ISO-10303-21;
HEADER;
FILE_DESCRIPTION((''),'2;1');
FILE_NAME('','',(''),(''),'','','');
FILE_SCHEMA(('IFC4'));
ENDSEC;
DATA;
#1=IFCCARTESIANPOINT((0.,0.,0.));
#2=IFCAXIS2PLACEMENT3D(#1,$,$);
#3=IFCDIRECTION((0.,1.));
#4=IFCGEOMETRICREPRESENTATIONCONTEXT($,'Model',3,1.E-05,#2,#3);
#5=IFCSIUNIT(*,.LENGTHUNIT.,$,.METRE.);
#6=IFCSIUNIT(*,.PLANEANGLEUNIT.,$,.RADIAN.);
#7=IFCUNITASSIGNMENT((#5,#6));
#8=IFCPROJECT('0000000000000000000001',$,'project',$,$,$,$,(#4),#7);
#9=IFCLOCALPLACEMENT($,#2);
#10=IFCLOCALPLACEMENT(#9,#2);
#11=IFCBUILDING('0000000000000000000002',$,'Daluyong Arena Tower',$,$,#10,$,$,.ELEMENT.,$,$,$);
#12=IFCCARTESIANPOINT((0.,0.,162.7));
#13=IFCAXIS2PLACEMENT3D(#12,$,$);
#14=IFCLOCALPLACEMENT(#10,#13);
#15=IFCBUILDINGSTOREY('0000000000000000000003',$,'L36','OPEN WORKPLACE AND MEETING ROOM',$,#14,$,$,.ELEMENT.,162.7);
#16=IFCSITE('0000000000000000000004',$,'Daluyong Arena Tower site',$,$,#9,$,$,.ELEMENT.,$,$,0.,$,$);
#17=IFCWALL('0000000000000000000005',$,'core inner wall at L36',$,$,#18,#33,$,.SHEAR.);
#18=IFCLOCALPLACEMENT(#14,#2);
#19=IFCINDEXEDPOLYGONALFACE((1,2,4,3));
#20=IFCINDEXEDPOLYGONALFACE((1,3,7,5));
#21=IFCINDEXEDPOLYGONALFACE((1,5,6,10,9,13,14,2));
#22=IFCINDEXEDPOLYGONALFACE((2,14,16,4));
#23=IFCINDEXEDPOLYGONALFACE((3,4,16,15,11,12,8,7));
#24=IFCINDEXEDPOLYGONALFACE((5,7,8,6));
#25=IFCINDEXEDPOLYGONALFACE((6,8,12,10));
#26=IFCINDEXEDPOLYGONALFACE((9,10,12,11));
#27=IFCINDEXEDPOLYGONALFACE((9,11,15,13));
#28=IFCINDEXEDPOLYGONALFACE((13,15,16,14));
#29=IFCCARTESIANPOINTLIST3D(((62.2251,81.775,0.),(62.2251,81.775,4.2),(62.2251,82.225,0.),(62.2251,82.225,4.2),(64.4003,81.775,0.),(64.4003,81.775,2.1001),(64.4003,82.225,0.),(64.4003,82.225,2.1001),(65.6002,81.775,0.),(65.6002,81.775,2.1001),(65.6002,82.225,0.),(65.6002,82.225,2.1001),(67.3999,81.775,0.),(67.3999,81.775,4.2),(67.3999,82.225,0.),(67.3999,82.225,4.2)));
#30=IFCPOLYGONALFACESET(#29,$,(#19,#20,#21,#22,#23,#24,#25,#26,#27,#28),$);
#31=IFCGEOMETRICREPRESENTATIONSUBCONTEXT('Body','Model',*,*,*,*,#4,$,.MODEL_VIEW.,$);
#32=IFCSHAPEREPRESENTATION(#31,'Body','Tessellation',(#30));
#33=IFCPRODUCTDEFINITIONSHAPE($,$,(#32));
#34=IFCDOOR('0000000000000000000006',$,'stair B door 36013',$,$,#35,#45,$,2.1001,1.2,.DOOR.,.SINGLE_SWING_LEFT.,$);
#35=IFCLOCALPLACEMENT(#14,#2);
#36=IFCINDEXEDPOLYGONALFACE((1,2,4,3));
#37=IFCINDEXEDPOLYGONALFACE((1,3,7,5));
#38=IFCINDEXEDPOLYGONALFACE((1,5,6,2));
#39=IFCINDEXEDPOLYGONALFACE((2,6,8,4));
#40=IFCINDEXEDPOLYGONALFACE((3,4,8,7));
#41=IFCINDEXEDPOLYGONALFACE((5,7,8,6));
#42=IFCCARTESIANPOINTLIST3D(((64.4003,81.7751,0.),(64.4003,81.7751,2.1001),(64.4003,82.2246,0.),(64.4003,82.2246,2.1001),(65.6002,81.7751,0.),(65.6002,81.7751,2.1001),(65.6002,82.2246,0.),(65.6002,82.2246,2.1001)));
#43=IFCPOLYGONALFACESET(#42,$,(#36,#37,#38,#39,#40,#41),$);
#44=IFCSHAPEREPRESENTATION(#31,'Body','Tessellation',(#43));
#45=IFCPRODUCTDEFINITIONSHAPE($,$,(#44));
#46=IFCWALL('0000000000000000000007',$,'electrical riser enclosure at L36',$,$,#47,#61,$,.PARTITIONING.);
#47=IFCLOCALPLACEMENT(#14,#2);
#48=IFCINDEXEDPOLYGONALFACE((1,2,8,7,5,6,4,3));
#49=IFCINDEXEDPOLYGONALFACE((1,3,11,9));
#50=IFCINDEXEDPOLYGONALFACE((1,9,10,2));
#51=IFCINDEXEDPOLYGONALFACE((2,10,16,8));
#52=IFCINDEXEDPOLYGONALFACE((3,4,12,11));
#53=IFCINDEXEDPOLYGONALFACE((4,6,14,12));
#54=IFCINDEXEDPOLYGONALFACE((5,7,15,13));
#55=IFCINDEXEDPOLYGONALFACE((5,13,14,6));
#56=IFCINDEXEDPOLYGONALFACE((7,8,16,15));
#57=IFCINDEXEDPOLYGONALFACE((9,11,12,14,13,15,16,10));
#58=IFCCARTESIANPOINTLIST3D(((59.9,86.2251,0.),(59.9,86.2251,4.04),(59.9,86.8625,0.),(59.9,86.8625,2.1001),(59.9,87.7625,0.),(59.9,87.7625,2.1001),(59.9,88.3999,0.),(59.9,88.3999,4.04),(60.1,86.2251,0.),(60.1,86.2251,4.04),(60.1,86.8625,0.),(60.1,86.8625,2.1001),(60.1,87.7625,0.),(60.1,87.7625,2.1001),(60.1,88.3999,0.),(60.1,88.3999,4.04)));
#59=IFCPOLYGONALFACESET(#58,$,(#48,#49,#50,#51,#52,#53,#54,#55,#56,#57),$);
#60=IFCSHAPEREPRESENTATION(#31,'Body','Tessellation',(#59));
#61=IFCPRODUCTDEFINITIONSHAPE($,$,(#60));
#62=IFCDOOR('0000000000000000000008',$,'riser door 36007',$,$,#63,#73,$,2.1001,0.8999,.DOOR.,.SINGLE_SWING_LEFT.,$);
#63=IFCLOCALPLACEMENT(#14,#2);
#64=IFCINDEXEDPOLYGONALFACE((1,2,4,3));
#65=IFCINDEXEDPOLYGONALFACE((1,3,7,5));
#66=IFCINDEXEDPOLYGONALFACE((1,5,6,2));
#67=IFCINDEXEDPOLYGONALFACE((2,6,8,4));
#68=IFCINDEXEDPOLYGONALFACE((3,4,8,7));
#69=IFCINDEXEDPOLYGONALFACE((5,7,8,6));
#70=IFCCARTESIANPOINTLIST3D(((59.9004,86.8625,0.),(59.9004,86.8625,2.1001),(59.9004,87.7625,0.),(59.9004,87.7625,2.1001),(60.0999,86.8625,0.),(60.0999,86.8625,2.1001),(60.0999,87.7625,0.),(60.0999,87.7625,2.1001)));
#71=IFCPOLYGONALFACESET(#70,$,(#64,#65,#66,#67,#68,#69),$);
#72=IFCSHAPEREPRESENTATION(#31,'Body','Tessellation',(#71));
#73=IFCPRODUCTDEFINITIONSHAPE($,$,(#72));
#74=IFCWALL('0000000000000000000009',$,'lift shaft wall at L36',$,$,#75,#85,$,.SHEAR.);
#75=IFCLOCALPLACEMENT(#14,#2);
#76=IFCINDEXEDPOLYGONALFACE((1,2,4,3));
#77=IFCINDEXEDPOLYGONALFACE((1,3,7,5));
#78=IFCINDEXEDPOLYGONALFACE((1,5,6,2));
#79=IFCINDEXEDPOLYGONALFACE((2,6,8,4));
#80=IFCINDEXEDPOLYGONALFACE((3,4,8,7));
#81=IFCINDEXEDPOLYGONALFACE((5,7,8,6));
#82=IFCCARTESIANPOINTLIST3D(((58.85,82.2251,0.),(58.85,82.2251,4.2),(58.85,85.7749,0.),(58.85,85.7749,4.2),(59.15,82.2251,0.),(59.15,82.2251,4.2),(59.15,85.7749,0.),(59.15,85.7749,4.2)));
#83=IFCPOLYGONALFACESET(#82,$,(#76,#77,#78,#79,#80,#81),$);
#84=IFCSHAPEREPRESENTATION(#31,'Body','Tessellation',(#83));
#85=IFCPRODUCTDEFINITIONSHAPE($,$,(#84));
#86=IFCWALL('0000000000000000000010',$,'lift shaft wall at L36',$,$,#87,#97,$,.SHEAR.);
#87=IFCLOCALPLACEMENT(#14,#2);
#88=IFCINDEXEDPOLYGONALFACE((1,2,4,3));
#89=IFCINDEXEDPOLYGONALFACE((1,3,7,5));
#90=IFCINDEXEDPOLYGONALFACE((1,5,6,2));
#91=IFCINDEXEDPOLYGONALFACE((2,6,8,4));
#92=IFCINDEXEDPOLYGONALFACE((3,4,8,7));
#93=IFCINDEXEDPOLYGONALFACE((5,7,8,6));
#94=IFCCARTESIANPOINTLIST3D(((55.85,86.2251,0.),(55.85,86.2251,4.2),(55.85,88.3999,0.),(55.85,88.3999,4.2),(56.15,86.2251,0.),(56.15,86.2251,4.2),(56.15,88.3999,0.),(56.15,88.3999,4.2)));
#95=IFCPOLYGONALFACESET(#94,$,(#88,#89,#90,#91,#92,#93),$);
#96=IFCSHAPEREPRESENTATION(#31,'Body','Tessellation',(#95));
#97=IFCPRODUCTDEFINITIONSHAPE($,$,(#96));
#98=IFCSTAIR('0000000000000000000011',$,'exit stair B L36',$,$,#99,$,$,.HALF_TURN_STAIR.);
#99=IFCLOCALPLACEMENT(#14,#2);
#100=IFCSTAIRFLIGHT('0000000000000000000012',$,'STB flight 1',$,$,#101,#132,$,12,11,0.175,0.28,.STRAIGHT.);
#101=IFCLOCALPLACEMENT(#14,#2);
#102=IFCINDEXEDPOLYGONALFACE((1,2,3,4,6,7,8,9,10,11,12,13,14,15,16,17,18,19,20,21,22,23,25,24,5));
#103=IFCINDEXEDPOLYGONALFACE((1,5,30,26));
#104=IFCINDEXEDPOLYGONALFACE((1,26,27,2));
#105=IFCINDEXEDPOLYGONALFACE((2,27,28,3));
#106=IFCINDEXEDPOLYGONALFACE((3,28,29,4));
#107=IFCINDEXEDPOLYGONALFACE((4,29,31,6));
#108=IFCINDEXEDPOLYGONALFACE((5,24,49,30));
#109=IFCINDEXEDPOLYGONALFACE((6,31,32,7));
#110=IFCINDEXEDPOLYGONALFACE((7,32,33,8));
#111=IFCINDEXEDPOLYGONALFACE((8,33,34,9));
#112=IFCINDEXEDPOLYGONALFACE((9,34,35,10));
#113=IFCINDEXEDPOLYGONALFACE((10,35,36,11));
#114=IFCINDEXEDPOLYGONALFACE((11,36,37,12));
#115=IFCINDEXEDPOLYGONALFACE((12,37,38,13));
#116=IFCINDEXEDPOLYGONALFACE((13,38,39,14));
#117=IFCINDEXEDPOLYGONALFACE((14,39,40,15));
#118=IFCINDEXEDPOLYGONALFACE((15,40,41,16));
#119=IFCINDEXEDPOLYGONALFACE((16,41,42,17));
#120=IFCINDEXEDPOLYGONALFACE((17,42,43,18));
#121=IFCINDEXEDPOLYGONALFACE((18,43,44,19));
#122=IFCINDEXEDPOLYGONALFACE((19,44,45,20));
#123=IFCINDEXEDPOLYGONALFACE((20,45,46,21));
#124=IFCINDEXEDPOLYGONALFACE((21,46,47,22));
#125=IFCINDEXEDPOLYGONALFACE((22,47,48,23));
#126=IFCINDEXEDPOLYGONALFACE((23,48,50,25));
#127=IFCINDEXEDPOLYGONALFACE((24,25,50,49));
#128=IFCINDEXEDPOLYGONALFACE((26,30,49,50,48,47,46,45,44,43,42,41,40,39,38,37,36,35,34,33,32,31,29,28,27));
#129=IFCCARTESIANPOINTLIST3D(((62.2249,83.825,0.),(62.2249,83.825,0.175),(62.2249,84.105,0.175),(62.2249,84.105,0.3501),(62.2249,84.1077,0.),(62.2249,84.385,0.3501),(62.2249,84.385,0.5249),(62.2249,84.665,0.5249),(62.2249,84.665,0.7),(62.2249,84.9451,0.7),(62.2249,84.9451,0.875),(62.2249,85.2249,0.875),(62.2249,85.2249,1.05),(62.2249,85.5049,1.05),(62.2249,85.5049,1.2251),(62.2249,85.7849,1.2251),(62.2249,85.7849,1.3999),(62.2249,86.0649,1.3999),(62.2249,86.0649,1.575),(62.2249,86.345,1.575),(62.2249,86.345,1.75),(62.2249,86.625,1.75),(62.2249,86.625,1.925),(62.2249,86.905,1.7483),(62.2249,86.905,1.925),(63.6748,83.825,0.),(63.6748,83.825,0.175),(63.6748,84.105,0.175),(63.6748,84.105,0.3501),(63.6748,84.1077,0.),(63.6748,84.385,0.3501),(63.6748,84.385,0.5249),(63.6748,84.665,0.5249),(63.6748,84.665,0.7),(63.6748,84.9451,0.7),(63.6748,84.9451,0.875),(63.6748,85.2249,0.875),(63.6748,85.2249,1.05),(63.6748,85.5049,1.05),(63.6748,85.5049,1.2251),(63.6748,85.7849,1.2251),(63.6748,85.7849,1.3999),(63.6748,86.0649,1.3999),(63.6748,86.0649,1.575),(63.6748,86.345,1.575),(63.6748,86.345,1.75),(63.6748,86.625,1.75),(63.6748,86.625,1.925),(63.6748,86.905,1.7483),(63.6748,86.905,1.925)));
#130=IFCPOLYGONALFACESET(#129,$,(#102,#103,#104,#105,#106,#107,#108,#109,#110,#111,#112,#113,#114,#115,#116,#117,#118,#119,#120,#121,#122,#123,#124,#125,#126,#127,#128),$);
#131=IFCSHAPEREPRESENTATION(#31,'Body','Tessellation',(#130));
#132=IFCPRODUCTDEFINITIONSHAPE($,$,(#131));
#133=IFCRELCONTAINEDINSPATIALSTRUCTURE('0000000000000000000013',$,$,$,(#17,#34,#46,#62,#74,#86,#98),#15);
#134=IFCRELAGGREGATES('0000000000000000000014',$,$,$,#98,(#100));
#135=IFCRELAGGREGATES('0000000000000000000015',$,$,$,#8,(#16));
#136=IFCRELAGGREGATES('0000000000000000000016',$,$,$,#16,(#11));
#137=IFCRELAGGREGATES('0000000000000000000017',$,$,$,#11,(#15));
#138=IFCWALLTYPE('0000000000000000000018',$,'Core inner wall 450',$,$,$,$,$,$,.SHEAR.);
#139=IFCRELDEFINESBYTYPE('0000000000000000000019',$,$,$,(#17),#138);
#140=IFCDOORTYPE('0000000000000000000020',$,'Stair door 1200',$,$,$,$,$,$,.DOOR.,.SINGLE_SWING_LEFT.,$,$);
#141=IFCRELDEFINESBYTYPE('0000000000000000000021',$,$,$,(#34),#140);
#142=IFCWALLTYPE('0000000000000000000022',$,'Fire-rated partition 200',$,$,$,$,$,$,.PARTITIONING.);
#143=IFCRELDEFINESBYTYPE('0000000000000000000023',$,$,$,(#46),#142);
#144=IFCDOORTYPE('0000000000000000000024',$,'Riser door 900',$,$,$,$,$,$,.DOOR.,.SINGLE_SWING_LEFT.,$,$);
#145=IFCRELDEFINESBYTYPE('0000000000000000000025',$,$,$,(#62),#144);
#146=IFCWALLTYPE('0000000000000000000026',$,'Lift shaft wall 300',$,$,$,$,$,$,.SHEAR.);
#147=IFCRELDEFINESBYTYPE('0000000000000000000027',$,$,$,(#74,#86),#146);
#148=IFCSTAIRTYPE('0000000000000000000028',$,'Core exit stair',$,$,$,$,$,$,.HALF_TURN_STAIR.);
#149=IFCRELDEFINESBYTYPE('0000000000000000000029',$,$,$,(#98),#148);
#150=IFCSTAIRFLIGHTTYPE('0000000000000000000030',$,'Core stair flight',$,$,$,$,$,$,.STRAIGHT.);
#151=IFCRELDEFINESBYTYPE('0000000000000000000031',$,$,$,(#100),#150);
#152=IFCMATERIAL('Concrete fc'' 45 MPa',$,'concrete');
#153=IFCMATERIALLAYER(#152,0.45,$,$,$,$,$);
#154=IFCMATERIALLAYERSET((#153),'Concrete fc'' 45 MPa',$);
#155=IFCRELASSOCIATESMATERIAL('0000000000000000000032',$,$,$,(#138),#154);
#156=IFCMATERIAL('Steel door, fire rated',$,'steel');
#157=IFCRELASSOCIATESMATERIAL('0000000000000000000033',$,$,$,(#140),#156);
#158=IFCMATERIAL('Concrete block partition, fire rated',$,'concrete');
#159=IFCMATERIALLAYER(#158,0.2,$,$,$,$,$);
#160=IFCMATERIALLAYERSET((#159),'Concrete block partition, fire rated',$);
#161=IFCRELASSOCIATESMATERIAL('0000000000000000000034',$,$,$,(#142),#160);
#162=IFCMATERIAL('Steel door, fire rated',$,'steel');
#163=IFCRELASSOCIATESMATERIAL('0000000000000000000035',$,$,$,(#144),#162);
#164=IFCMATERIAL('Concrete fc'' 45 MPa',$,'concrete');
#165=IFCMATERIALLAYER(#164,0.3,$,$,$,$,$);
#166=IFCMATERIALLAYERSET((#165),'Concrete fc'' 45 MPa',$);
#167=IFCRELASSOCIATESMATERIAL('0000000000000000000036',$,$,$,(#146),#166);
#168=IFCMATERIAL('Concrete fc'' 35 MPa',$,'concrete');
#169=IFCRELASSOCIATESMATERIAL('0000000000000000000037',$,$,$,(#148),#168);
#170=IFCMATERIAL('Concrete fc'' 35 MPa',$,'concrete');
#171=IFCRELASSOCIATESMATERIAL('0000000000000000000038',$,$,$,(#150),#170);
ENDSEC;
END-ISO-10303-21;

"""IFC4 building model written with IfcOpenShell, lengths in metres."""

from ifc_helpers import new_model, si_unit, direction, frame, frame_2d, origin, place, context, subcontext, project, spatial, polyline, rectangle, outline, extrude, material, layer, layer_set, type_object, element, fill, aggregate, save


model = new_model("IFC4")

# Units and contexts
model_context = context("Model", 3, precision=1e-05, world=origin(), true_north=direction((0.0, 1.0)))
body_context = subcontext(model_context, "Body", "Model", "MODEL_VIEW")
ifc_project = project(units=[si_unit("LENGTHUNIT", "METRE"), si_unit("PLANEANGLEUNIT", "RADIAN")], contexts=[model_context])

# Site, building, storey
site_placement = place(None, origin())
site = spatial("IfcSite", under=ifc_project, at=site_placement, Name="Daluyong Arena Tower site", CompositionType="ELEMENT", RefElevation=0.0)
building_placement = place(site_placement, origin())
building = spatial("IfcBuilding", under=site, at=building_placement, Name="Daluyong Arena Tower", CompositionType="ELEMENT")
storey_placement = place(building_placement, frame((0.0, 0.0, 162.7)))
storey = spatial("IfcBuildingStorey", under=building, at=storey_placement, Name="L36", Description="OPEN WORKPLACE AND MEETING ROOM", CompositionType="ELEMENT", Elevation=162.7)

# Walls, openings, doors
ifc_material_1 = material(Name="Concrete fc' 45 MPa", Category="concrete")
ifc_layer_1 = layer(ifc_material_1, 0.45)
ifc_layer_set_1 = layer_set([ifc_layer_1], Name="Concrete fc' 45 MPa")
wall_type_1 = type_object("IfcWallType", Name="Core inner wall 450", PredefinedType="SHEAR", material=ifc_layer_set_1)
wall_1_placement = place(storey_placement, frame((62.2251, 82.0, 0.0), z_axis=(0.0, 0.0, 1.0), x_axis=(1.0, 0.0, 0.0)))
wall_1 = element("IfcWall", 1, at=wall_1_placement, inside=storey, type_object=wall_type_1, Name="core inner wall at L36", PredefinedType="SHEAR", context=body_context, shape_type="SweptSolid", body=[
    extrude(rectangle(XDim=5.1748, YDim=0.45, at=frame_2d((2.5874, 0.0))), origin(), (0.0, 0.0, 1.0), 4.2),
])
opening_1_placement = place(wall_1_placement, frame((2.175, 0.0, 0.0)))
opening_1 = element("IfcOpeningElement", 2, at=opening_1_placement, cuts=wall_1, PredefinedType="OPENING", context=body_context, shape_type="SweptSolid", body=[
    extrude(rectangle(XDim=1.2, YDim=2.1001, at=frame_2d((0.6001, 1.05))), frame((0.0, 0.2349, 0.0), z_axis=(0.0, -1.0, 0.0), x_axis=(1.0, 0.0, 0.0)), (0.0, 0.0, 1.0), 0.47),
])
ifc_material_2 = material(Name="Steel door, fire rated", Category="steel")
door_type_1 = type_object("IfcDoorType", Name="Stair door 1200", OperationType="SINGLE_SWING_LEFT", PredefinedType="DOOR", material=ifc_material_2)
door_1_placement = place(opening_1_placement, origin())
door_1 = element("IfcDoor", 3, at=door_1_placement, inside=storey, type_object=door_type_1, Name="stair B door 36013", OperationType="SINGLE_SWING_LEFT", OverallHeight=2.1001, OverallWidth=1.2, PredefinedType="DOOR", context=body_context, shape_type="SweptSolid", body=[
    extrude(rectangle(XDim=1.2, YDim=2.1001, at=frame_2d((0.6001, 1.05))), frame((0.0, 0.2246, 0.0), z_axis=(0.0, -1.0, 0.0), x_axis=(1.0, 0.0, 0.0)), (0.0, 0.0, 1.0), 0.4495),
])
fill(opening_1, door_1)
ifc_material_3 = material(Name="Concrete block partition, fire rated", Category="concrete")
ifc_layer_2 = layer(ifc_material_3, 0.2)
ifc_layer_set_2 = layer_set([ifc_layer_2], Name="Concrete block partition, fire rated")
wall_type_2 = type_object("IfcWallType", Name="Fire-rated partition 200", PredefinedType="PARTITIONING", material=ifc_layer_set_2)
wall_2_placement = place(storey_placement, frame((60.0, 86.2251, 0.0), z_axis=(0.0, 0.0, 1.0), x_axis=(0.0, 1.0, 0.0)))
wall_2 = element("IfcWall", 4, at=wall_2_placement, inside=storey, type_object=wall_type_2, Name="electrical riser enclosure at L36", PredefinedType="PARTITIONING", context=body_context, shape_type="SweptSolid", body=[
    extrude(rectangle(XDim=2.1748, YDim=0.2, at=frame_2d((1.0874, 0.0))), origin(), (0.0, 0.0, 1.0), 4.04),
])
opening_2_placement = place(wall_2_placement, frame((0.6375, 0.0, 0.0)))
opening_2 = element("IfcOpeningElement", 5, at=opening_2_placement, cuts=wall_2, PredefinedType="OPENING", context=body_context, shape_type="SweptSolid", body=[
    extrude(rectangle(XDim=0.8999, YDim=2.1001, at=frame_2d((0.45, 1.05))), frame((0.0, 0.1099, 0.0), z_axis=(0.0, -1.0, 0.0), x_axis=(1.0, 0.0, 0.0)), (0.0, 0.0, 1.0), 0.22),
])
ifc_material_4 = material(Name="Steel door, fire rated", Category="steel")
door_type_2 = type_object("IfcDoorType", Name="Riser door 900", OperationType="SINGLE_SWING_LEFT", PredefinedType="DOOR", material=ifc_material_4)
door_2_placement = place(opening_2_placement, origin())
door_2 = element("IfcDoor", 6, at=door_2_placement, inside=storey, type_object=door_type_2, Name="riser door 36007", OperationType="SINGLE_SWING_LEFT", OverallHeight=2.1001, OverallWidth=0.8999, PredefinedType="DOOR", context=body_context, shape_type="SweptSolid", body=[
    extrude(rectangle(XDim=0.8999, YDim=2.1001, at=frame_2d((0.45, 1.05))), frame((0.0, 0.0996, 0.0), z_axis=(0.0, -1.0, 0.0), x_axis=(1.0, 0.0, 0.0)), (0.0, 0.0, 1.0), 0.1995),
])
fill(opening_2, door_2)

# Walls
ifc_material_5 = material(Name="Concrete fc' 45 MPa", Category="concrete")
ifc_layer_3 = layer(ifc_material_5, 0.3)
ifc_layer_set_3 = layer_set([ifc_layer_3], Name="Concrete fc' 45 MPa")
wall_type_3 = type_object("IfcWallType", Name="Lift shaft wall 300", PredefinedType="SHEAR", material=ifc_layer_set_3)
wall_3_placement = place(storey_placement, frame((59.0, 82.2251, 0.0), z_axis=(0.0, 0.0, 1.0), x_axis=(0.0, 1.0, 0.0)))
element("IfcWall", 7, at=wall_3_placement, inside=storey, type_object=wall_type_3, Name="lift shaft wall at L36", PredefinedType="SHEAR", context=body_context, shape_type="SweptSolid", body=[
    extrude(rectangle(XDim=3.5498, YDim=0.3, at=frame_2d((1.7749, 0.0))), origin(), (0.0, 0.0, 1.0), 4.2),
])
wall_4_placement = place(storey_placement, frame((56.0, 86.2251, 0.0), z_axis=(0.0, 0.0, 1.0), x_axis=(0.0, 1.0, 0.0)))
element("IfcWall", 8, at=wall_4_placement, inside=storey, type_object=wall_type_3, Name="lift shaft wall at L36", PredefinedType="SHEAR", context=body_context, shape_type="SweptSolid", body=[
    extrude(rectangle(XDim=2.1748, YDim=0.3, at=frame_2d((1.0874, 0.0))), origin(), (0.0, 0.0, 1.0), 4.2),
])

# Stair, stair flight
ifc_material_6 = material(Name="Concrete fc' 35 MPa", Category="concrete")
stair_type = type_object("IfcStairType", Name="Core exit stair", PredefinedType="HALF_TURN_STAIR", material=ifc_material_6)
stair_placement = place(storey_placement, origin())
stair = element("IfcStair", 9, at=stair_placement, inside=storey, type_object=stair_type, Name="exit stair B L36", PredefinedType="HALF_TURN_STAIR")
ifc_material_7 = material(Name="Concrete fc' 35 MPa", Category="concrete")
stair_flight_type = type_object("IfcStairFlightType", Name="Core stair flight", PredefinedType="STRAIGHT", material=ifc_material_7)
stair_flight_placement = place(storey_placement, frame((62.95, 83.825, 0.0), z_axis=(0.0, 0.0, 1.0), x_axis=(0.0, 1.0, 0.0)))
stair_flight = element("IfcStairFlight", 10, at=stair_flight_placement, type_object=stair_flight_type, Name="STB flight 1", NumberOfRisers=12, NumberOfTreads=11, PredefinedType="STRAIGHT", RiserHeight=0.175, TreadLength=0.28, context=body_context, shape_type="SweptSolid", body=[
    extrude(outline(polyline([(0.0, 0.0), (0.0, 0.175), (0.28, 0.175), (0.28, 0.3501), (0.5601, 0.3501), (0.5601, 0.5249), (0.8401, 0.5249), (0.8401, 0.7), (1.1201, 0.7), (1.1201, 0.875), (1.3999, 0.875), (1.3999, 1.05), (1.6799, 1.05), (1.6799, 1.2251), (1.96, 1.2251), (1.96, 1.3999), (2.24, 1.3999), (2.24, 1.575), (2.52, 1.575), (2.52, 1.75), (2.8, 1.75), (2.8, 1.925), (3.0801, 1.925), (3.0801, 2.1001), (3.0801, 1.7483), (0.2827, 0.0), (0.0, 0.0)])), frame((0.0, 0.7251, 0.0), z_axis=(0.0, -1.0, 0.0), x_axis=(1.0, 0.0, 0.0)), (0.0, 0.0, 1.0), 1.45),
])
aggregate(stair, [stair_flight])

save(model, "model.ifc")
